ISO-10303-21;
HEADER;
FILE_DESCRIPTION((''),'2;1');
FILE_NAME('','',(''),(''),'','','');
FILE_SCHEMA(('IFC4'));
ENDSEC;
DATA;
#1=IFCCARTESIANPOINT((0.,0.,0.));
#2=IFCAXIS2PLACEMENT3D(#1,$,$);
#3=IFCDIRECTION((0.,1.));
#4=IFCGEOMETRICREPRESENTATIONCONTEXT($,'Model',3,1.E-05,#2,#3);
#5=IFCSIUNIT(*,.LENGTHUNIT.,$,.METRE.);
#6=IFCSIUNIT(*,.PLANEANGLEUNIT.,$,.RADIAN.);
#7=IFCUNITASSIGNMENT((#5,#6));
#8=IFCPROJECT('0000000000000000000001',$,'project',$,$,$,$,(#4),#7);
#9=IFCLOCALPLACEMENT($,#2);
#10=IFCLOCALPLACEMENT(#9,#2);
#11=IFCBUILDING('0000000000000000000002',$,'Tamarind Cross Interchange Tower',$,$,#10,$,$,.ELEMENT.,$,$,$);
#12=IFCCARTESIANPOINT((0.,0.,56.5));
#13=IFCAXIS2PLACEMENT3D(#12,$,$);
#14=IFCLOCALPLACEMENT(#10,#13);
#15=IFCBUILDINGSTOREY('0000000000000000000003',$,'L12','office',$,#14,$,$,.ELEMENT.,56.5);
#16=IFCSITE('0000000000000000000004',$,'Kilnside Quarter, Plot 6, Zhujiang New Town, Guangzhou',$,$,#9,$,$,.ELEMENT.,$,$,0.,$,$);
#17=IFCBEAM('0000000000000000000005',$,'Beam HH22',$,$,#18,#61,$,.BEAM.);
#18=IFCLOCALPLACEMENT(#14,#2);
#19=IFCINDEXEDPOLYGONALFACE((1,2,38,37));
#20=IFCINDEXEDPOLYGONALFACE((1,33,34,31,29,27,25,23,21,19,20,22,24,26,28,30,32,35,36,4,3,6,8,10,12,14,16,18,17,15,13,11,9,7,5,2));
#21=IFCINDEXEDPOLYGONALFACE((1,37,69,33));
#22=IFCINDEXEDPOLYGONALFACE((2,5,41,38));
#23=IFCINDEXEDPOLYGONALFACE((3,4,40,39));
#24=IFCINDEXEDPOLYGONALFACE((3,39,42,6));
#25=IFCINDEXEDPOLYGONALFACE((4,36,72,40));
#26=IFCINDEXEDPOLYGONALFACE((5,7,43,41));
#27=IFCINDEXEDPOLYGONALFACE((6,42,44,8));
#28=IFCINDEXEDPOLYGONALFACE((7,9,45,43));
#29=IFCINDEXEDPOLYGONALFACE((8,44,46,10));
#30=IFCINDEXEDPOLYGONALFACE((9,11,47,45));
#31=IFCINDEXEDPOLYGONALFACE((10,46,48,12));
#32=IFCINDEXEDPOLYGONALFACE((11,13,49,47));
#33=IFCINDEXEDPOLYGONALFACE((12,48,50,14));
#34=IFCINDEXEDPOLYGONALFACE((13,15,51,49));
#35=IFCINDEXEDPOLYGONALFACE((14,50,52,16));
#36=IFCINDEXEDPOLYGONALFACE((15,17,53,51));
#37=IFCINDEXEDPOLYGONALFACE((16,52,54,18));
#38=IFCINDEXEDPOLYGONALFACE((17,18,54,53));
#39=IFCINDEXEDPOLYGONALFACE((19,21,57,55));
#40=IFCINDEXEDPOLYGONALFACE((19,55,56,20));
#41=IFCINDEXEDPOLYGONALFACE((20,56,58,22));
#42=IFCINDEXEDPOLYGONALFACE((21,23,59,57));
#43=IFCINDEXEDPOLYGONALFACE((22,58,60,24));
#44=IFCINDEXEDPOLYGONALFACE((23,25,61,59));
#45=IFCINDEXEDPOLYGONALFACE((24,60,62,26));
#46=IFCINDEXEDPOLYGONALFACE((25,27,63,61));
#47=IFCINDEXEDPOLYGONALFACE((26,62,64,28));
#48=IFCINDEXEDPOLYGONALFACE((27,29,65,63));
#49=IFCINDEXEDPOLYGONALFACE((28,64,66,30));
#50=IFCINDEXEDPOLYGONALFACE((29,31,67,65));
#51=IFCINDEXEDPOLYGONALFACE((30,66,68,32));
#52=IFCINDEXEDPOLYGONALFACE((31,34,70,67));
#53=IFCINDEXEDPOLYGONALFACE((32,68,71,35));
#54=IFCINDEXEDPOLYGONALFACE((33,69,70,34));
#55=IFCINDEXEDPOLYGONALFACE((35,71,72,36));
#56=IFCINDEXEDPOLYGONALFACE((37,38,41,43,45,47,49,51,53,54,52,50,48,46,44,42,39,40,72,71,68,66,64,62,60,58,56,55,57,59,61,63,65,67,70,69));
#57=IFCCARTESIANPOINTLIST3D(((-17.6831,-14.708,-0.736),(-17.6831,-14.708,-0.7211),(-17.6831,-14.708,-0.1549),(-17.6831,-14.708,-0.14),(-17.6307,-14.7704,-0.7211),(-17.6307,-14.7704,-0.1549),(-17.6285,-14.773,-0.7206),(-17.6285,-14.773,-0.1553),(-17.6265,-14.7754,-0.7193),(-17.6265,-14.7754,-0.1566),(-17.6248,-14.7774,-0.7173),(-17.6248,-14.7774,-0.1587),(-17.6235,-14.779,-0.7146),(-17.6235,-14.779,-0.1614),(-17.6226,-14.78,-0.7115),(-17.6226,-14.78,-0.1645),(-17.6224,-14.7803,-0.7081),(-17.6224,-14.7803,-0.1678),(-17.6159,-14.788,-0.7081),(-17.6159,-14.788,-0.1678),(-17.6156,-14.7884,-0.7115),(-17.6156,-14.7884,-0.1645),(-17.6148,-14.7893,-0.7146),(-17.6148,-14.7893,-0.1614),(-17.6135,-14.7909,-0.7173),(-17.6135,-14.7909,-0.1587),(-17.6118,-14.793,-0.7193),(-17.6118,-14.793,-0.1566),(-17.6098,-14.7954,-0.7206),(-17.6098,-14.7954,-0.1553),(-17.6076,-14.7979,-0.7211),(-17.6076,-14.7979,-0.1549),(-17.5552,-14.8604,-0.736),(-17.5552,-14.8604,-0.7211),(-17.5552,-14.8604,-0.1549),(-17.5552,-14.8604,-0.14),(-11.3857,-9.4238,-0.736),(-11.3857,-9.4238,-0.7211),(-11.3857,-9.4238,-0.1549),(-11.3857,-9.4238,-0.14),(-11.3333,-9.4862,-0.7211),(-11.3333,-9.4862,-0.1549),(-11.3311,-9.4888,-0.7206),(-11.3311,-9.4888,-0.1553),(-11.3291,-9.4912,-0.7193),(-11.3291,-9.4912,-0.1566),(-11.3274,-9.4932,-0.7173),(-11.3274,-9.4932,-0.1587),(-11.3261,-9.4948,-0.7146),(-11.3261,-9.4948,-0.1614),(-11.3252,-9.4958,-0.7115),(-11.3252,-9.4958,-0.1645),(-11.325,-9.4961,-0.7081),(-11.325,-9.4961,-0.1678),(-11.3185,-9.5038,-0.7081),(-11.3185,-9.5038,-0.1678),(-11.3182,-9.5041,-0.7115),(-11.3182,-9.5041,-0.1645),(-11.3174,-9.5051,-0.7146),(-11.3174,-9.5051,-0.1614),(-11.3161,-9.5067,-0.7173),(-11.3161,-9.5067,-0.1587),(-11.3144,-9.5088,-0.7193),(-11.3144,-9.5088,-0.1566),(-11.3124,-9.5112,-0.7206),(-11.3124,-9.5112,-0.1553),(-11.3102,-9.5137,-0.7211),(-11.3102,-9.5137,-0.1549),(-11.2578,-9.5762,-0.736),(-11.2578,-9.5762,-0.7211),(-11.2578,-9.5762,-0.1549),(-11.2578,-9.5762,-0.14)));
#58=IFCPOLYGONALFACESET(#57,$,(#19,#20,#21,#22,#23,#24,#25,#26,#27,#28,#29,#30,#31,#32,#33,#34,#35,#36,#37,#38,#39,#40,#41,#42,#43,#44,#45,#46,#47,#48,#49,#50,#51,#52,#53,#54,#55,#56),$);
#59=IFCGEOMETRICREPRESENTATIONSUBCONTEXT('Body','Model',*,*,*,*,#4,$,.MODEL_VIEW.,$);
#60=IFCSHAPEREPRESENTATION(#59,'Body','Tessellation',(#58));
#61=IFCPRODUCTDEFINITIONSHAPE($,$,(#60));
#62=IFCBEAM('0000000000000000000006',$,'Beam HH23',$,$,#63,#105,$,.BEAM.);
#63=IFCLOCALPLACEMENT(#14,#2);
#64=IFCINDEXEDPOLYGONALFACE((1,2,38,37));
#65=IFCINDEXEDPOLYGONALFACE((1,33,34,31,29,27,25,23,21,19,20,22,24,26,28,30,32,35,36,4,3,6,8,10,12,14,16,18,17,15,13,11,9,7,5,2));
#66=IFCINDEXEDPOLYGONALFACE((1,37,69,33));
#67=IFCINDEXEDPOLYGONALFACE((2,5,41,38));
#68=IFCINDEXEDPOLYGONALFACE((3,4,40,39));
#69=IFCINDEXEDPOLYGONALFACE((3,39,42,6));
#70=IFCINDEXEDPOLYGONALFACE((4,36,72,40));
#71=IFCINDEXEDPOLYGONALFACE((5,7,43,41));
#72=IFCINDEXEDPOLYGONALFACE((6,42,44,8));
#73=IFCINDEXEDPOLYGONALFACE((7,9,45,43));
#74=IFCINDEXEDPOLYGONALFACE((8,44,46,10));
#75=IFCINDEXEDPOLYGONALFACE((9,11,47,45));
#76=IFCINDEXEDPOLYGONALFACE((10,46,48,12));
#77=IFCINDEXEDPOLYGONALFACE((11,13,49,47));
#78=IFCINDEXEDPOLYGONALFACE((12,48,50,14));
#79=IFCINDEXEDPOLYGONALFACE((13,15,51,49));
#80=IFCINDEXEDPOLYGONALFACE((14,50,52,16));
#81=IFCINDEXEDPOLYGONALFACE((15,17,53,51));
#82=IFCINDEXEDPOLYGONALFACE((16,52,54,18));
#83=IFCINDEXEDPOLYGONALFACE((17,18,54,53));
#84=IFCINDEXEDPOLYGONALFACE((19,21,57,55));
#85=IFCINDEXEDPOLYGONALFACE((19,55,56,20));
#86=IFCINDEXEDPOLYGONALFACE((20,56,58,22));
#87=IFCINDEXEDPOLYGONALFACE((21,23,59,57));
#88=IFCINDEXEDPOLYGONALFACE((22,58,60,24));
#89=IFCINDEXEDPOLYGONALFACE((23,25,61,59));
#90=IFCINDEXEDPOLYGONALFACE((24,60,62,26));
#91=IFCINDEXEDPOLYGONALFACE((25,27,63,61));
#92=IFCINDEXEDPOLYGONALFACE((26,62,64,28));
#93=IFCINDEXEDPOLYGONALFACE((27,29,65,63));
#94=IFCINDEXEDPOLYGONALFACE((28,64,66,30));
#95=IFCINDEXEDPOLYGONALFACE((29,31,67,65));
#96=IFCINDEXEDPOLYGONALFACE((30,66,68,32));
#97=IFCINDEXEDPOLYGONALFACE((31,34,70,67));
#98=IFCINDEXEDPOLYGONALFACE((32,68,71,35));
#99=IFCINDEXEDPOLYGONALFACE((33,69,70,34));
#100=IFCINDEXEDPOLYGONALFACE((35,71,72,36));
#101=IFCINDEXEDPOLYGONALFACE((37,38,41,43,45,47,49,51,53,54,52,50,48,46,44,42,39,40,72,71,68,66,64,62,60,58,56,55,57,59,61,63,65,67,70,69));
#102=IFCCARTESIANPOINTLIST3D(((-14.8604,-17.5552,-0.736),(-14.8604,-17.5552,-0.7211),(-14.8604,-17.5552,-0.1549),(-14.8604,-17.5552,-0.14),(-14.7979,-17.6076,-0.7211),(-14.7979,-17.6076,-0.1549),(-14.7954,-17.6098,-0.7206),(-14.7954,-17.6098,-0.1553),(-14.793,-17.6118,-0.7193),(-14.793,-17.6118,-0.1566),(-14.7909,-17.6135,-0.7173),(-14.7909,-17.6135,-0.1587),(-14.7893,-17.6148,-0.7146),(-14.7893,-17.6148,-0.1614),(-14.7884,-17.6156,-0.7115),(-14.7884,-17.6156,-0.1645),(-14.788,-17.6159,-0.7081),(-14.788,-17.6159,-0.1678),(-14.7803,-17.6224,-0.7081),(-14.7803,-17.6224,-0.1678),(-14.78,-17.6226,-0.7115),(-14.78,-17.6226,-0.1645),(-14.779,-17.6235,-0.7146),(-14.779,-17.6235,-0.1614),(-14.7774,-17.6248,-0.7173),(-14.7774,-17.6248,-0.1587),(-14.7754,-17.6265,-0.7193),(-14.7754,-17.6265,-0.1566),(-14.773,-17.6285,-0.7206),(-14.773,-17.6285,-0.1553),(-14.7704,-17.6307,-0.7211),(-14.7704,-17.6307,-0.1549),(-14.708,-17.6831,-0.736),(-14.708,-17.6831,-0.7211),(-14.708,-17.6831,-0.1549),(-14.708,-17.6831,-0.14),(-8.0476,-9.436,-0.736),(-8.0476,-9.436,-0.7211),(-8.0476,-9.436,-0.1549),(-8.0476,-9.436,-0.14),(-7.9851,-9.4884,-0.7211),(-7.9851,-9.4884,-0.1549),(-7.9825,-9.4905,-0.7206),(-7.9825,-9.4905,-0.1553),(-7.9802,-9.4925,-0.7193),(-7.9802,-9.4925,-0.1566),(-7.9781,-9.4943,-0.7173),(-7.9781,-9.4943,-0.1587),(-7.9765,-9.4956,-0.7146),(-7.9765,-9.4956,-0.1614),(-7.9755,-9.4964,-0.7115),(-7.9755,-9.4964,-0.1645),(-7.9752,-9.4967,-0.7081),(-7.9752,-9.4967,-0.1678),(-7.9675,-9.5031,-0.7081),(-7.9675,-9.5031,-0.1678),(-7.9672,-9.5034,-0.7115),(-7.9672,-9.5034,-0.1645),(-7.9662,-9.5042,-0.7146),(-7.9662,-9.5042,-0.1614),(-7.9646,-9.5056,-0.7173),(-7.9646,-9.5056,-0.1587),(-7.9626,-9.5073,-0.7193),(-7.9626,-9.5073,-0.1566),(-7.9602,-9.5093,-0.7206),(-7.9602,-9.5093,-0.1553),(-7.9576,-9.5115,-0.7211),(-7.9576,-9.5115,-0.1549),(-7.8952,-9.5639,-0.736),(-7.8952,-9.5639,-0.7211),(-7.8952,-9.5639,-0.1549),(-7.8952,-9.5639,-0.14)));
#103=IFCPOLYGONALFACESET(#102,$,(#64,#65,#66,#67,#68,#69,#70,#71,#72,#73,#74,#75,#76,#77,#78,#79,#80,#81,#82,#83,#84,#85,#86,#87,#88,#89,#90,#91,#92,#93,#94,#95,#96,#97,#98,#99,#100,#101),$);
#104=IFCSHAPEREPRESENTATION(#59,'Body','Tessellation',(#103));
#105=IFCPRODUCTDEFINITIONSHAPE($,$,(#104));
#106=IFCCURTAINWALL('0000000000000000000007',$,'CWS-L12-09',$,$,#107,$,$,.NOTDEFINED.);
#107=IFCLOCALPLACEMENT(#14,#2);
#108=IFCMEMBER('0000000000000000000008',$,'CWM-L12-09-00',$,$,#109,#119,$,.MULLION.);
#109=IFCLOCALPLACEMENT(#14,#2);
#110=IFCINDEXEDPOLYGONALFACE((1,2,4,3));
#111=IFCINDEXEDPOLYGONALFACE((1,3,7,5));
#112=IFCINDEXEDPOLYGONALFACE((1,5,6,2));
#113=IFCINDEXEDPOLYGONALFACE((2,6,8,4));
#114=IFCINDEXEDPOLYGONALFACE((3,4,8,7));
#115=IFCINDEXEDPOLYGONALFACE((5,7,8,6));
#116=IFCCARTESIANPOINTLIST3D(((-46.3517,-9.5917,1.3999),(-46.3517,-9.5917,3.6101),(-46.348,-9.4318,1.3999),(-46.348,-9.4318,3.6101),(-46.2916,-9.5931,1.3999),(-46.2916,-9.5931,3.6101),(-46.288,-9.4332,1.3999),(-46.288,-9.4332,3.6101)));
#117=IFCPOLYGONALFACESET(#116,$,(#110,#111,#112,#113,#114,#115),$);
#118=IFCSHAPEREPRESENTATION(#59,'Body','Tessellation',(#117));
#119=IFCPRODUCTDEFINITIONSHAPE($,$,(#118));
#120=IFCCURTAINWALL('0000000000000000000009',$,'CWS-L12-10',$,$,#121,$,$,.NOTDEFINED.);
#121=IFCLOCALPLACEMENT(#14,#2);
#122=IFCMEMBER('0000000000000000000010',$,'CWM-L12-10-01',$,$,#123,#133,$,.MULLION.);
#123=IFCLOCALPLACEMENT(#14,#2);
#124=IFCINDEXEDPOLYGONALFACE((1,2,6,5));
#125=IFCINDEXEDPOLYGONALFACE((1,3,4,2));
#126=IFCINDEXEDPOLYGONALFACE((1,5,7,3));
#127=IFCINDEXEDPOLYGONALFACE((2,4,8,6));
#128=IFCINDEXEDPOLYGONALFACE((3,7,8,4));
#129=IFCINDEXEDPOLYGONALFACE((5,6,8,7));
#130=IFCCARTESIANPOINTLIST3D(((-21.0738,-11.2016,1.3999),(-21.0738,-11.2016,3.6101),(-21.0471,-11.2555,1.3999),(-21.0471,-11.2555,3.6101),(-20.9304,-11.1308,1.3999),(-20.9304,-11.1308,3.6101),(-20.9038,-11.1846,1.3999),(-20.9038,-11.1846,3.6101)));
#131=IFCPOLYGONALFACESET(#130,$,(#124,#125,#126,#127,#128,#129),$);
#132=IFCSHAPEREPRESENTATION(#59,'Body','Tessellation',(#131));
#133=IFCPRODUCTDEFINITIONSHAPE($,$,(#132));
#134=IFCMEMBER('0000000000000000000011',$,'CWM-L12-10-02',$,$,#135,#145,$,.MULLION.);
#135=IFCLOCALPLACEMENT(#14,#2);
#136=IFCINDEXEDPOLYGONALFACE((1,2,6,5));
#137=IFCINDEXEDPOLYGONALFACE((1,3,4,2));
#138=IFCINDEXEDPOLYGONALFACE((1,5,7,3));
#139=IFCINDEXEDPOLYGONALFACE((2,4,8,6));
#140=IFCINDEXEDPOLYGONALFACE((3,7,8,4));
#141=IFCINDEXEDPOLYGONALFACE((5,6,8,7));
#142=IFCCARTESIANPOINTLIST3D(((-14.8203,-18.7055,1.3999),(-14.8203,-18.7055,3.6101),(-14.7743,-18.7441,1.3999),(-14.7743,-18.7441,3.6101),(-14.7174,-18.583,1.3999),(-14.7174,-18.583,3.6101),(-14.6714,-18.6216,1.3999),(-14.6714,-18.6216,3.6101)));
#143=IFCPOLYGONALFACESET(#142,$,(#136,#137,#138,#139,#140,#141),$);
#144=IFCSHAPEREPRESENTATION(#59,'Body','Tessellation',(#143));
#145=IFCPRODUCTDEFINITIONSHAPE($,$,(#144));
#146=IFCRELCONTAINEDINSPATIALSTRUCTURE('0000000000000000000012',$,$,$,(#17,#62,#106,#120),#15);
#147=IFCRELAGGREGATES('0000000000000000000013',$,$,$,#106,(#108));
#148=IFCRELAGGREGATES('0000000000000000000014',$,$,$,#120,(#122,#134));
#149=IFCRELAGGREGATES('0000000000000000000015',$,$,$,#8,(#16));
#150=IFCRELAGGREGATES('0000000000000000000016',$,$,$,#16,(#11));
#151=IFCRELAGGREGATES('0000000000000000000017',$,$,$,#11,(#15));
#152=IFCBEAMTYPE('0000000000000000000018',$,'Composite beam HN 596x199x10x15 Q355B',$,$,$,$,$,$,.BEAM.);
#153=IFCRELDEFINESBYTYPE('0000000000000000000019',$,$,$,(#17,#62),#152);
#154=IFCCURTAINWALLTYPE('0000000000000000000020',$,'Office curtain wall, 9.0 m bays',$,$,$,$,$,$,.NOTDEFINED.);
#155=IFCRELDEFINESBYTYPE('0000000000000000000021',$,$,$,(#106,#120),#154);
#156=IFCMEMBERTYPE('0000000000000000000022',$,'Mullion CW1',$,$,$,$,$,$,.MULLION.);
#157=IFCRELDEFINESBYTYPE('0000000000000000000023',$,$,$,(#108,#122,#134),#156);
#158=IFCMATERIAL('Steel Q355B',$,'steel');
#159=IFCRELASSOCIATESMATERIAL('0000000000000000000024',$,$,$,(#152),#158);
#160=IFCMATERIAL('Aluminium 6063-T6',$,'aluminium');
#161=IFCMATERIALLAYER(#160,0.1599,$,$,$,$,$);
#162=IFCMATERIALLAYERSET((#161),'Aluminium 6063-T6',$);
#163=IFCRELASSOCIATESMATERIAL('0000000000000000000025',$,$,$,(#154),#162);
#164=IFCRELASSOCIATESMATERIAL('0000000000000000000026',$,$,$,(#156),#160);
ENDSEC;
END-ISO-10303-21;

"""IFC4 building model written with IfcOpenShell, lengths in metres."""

from ifc_helpers import new_model, si_unit, direction, frame, origin, origin_2d, place, context, subcontext, project, spatial, rectangle, i_section, extrude, material, layer, layer_set, material_profile, profile_set, type_object, element, aggregate, save


model = new_model("IFC4")

# Units and contexts
model_context = context("Model", 3, precision=1e-05, world=origin(), true_north=direction((0.0, 1.0)))
body_context = subcontext(model_context, "Body", "Model", "MODEL_VIEW")
ifc_project = project(units=[si_unit("LENGTHUNIT", "METRE"), si_unit("PLANEANGLEUNIT", "RADIAN")], contexts=[model_context])

# Site, building, storey
site_placement = place(None, origin())
site = spatial("IfcSite", under=ifc_project, at=site_placement, Name="Kilnside Quarter, Plot 6, Zhujiang New Town, Guangzhou", CompositionType="ELEMENT", RefElevation=0.0)
building_placement = place(site_placement, origin())
building = spatial("IfcBuilding", under=site, at=building_placement, Name="Tamarind Cross Interchange Tower", CompositionType="ELEMENT")
storey_placement = place(building_placement, frame((0.0, 0.0, 56.5)))
storey = spatial("IfcBuildingStorey", under=building, at=storey_placement, Name="L12", Description="office", CompositionType="ELEMENT", Elevation=56.5)

# Beams
ifc_material_1 = material(Name="Steel Q355B", Category="steel")
ifc_material_profile_1 = material_profile(ifc_material_1, i_section(OverallWidth=0.199, OverallDepth=0.5959, WebThickness=0.01, FlangeThickness=0.0149, FilletRadius=0.0129, at=origin_2d()), Name="HN 596x199x10x15")
ifc_profile_set_1 = profile_set([ifc_material_profile_1], Name="Steel Q355B")
beam_type = type_object("IfcBeamType", Name="Composite beam HN 596x199x10x15 Q355B", PredefinedType="BEAM", material=ifc_profile_set_1)
beam_1_placement = place(storey_placement, frame((-17.6191, -14.7842, -0.438), z_axis=(0.766041, 0.642792, 0.0), x_axis=(-0.642792, 0.766041, 0.0)))
element("IfcBeam", 1, at=beam_1_placement, inside=storey, type_object=beam_type, Name="Beam HH22", PredefinedType="BEAM", context=body_context, shape_type="SweptSolid", body=[
    extrude(i_section(OverallWidth=0.199, OverallDepth=0.5959, WebThickness=0.01, FlangeThickness=0.0149, FilletRadius=0.0129, at=origin_2d()), origin(), (0.0, 0.0, 1.0), 8.2207),
])
beam_2_placement = place(storey_placement, frame((-14.7842, -17.6191, -0.438), z_axis=(0.642786, 0.766046, 0.0), x_axis=(-0.766046, 0.642786, 0.0)))
element("IfcBeam", 2, at=beam_2_placement, inside=storey, type_object=beam_type, Name="Beam HH23", PredefinedType="BEAM", context=body_context, shape_type="SweptSolid", body=[
    extrude(i_section(OverallWidth=0.199, OverallDepth=0.5959, WebThickness=0.01, FlangeThickness=0.0149, FilletRadius=0.0129, at=origin_2d()), origin(), (0.0, 0.0, 1.0), 10.5989),
])

# Curtain wall, member
ifc_material_2 = material(Name="Aluminium 6063-T6", Category="aluminium")
ifc_layer_1 = layer(ifc_material_2, 0.1599)
ifc_layer_set_1 = layer_set([ifc_layer_1], Name="Aluminium 6063-T6")
curtain_wall_type = type_object("IfcCurtainWallType", Name="Office curtain wall, 9.0 m bays", PredefinedType="NOTDEFINED", material=ifc_layer_set_1)
curtain_wall_1_placement = place(storey_placement, origin())
curtain_wall_1 = element("IfcCurtainWall", 3, at=curtain_wall_1_placement, inside=storey, type_object=curtain_wall_type, Name="CWS-L12-09", PredefinedType="NOTDEFINED")
ifc_material_profile_2 = material_profile(ifc_material_2, rectangle(XDim=0.0601, YDim=0.1599, at=origin_2d()), Name="Mullion CW1")
ifc_profile_set_2 = profile_set([ifc_material_profile_2], Name="Aluminium 6063-T6")
member_type = type_object("IfcMemberType", Name="Mullion CW1", PredefinedType="MULLION", material=ifc_profile_set_2)
member_1_placement = place(storey_placement, frame((-46.3198, -9.5125, 1.3999), z_axis=(0.0, 0.0, 1.0), x_axis=(0.999742, -0.022718, 0.0)))
member_1 = element("IfcMember", 4, at=member_1_placement, type_object=member_type, Name="CWM-L12-09-00", PredefinedType="MULLION", context=body_context, shape_type="SweptSolid", body=[
    extrude(rectangle(XDim=0.0601, YDim=0.1599, at=origin_2d()), origin(), (0.0, 0.0, 1.0), 2.2102),
])
aggregate(curtain_wall_1, [member_1])

# Curtain wall, members
curtain_wall_2_placement = place(storey_placement, origin())
curtain_wall_2 = element("IfcCurtainWall", 5, at=curtain_wall_2_placement, inside=storey, type_object=curtain_wall_type, Name="CWS-L12-10", PredefinedType="NOTDEFINED")
member_2_placement = place(storey_placement, frame((-20.9888, -11.1931, 1.3999), z_axis=(0.0, 0.0, 1.0), x_axis=(0.443059, -0.896493, 0.0)))
member_2 = element("IfcMember", 6, at=member_2_placement, type_object=member_type, Name="CWM-L12-10-01", PredefinedType="MULLION", context=body_context, shape_type="SweptSolid", body=[
    extrude(rectangle(XDim=0.0601, YDim=0.1599, at=origin_2d()), origin(), (0.0, 0.0, 1.0), 2.2102),
])
member_3_placement = place(storey_placement, frame((-14.7458, -18.6636, 1.3999), z_axis=(0.0, 0.0, 1.0), x_axis=(0.765858, -0.643009, 0.0)))
member_3 = element("IfcMember", 7, at=member_3_placement, type_object=member_type, Name="CWM-L12-10-02", PredefinedType="MULLION", context=body_context, shape_type="SweptSolid", body=[
    extrude(rectangle(XDim=0.0601, YDim=0.1599, at=origin_2d()), origin(), (0.0, 0.0, 1.0), 2.2102),
])
aggregate(curtain_wall_2, [member_2, member_3])

save(model, "model.ifc")
